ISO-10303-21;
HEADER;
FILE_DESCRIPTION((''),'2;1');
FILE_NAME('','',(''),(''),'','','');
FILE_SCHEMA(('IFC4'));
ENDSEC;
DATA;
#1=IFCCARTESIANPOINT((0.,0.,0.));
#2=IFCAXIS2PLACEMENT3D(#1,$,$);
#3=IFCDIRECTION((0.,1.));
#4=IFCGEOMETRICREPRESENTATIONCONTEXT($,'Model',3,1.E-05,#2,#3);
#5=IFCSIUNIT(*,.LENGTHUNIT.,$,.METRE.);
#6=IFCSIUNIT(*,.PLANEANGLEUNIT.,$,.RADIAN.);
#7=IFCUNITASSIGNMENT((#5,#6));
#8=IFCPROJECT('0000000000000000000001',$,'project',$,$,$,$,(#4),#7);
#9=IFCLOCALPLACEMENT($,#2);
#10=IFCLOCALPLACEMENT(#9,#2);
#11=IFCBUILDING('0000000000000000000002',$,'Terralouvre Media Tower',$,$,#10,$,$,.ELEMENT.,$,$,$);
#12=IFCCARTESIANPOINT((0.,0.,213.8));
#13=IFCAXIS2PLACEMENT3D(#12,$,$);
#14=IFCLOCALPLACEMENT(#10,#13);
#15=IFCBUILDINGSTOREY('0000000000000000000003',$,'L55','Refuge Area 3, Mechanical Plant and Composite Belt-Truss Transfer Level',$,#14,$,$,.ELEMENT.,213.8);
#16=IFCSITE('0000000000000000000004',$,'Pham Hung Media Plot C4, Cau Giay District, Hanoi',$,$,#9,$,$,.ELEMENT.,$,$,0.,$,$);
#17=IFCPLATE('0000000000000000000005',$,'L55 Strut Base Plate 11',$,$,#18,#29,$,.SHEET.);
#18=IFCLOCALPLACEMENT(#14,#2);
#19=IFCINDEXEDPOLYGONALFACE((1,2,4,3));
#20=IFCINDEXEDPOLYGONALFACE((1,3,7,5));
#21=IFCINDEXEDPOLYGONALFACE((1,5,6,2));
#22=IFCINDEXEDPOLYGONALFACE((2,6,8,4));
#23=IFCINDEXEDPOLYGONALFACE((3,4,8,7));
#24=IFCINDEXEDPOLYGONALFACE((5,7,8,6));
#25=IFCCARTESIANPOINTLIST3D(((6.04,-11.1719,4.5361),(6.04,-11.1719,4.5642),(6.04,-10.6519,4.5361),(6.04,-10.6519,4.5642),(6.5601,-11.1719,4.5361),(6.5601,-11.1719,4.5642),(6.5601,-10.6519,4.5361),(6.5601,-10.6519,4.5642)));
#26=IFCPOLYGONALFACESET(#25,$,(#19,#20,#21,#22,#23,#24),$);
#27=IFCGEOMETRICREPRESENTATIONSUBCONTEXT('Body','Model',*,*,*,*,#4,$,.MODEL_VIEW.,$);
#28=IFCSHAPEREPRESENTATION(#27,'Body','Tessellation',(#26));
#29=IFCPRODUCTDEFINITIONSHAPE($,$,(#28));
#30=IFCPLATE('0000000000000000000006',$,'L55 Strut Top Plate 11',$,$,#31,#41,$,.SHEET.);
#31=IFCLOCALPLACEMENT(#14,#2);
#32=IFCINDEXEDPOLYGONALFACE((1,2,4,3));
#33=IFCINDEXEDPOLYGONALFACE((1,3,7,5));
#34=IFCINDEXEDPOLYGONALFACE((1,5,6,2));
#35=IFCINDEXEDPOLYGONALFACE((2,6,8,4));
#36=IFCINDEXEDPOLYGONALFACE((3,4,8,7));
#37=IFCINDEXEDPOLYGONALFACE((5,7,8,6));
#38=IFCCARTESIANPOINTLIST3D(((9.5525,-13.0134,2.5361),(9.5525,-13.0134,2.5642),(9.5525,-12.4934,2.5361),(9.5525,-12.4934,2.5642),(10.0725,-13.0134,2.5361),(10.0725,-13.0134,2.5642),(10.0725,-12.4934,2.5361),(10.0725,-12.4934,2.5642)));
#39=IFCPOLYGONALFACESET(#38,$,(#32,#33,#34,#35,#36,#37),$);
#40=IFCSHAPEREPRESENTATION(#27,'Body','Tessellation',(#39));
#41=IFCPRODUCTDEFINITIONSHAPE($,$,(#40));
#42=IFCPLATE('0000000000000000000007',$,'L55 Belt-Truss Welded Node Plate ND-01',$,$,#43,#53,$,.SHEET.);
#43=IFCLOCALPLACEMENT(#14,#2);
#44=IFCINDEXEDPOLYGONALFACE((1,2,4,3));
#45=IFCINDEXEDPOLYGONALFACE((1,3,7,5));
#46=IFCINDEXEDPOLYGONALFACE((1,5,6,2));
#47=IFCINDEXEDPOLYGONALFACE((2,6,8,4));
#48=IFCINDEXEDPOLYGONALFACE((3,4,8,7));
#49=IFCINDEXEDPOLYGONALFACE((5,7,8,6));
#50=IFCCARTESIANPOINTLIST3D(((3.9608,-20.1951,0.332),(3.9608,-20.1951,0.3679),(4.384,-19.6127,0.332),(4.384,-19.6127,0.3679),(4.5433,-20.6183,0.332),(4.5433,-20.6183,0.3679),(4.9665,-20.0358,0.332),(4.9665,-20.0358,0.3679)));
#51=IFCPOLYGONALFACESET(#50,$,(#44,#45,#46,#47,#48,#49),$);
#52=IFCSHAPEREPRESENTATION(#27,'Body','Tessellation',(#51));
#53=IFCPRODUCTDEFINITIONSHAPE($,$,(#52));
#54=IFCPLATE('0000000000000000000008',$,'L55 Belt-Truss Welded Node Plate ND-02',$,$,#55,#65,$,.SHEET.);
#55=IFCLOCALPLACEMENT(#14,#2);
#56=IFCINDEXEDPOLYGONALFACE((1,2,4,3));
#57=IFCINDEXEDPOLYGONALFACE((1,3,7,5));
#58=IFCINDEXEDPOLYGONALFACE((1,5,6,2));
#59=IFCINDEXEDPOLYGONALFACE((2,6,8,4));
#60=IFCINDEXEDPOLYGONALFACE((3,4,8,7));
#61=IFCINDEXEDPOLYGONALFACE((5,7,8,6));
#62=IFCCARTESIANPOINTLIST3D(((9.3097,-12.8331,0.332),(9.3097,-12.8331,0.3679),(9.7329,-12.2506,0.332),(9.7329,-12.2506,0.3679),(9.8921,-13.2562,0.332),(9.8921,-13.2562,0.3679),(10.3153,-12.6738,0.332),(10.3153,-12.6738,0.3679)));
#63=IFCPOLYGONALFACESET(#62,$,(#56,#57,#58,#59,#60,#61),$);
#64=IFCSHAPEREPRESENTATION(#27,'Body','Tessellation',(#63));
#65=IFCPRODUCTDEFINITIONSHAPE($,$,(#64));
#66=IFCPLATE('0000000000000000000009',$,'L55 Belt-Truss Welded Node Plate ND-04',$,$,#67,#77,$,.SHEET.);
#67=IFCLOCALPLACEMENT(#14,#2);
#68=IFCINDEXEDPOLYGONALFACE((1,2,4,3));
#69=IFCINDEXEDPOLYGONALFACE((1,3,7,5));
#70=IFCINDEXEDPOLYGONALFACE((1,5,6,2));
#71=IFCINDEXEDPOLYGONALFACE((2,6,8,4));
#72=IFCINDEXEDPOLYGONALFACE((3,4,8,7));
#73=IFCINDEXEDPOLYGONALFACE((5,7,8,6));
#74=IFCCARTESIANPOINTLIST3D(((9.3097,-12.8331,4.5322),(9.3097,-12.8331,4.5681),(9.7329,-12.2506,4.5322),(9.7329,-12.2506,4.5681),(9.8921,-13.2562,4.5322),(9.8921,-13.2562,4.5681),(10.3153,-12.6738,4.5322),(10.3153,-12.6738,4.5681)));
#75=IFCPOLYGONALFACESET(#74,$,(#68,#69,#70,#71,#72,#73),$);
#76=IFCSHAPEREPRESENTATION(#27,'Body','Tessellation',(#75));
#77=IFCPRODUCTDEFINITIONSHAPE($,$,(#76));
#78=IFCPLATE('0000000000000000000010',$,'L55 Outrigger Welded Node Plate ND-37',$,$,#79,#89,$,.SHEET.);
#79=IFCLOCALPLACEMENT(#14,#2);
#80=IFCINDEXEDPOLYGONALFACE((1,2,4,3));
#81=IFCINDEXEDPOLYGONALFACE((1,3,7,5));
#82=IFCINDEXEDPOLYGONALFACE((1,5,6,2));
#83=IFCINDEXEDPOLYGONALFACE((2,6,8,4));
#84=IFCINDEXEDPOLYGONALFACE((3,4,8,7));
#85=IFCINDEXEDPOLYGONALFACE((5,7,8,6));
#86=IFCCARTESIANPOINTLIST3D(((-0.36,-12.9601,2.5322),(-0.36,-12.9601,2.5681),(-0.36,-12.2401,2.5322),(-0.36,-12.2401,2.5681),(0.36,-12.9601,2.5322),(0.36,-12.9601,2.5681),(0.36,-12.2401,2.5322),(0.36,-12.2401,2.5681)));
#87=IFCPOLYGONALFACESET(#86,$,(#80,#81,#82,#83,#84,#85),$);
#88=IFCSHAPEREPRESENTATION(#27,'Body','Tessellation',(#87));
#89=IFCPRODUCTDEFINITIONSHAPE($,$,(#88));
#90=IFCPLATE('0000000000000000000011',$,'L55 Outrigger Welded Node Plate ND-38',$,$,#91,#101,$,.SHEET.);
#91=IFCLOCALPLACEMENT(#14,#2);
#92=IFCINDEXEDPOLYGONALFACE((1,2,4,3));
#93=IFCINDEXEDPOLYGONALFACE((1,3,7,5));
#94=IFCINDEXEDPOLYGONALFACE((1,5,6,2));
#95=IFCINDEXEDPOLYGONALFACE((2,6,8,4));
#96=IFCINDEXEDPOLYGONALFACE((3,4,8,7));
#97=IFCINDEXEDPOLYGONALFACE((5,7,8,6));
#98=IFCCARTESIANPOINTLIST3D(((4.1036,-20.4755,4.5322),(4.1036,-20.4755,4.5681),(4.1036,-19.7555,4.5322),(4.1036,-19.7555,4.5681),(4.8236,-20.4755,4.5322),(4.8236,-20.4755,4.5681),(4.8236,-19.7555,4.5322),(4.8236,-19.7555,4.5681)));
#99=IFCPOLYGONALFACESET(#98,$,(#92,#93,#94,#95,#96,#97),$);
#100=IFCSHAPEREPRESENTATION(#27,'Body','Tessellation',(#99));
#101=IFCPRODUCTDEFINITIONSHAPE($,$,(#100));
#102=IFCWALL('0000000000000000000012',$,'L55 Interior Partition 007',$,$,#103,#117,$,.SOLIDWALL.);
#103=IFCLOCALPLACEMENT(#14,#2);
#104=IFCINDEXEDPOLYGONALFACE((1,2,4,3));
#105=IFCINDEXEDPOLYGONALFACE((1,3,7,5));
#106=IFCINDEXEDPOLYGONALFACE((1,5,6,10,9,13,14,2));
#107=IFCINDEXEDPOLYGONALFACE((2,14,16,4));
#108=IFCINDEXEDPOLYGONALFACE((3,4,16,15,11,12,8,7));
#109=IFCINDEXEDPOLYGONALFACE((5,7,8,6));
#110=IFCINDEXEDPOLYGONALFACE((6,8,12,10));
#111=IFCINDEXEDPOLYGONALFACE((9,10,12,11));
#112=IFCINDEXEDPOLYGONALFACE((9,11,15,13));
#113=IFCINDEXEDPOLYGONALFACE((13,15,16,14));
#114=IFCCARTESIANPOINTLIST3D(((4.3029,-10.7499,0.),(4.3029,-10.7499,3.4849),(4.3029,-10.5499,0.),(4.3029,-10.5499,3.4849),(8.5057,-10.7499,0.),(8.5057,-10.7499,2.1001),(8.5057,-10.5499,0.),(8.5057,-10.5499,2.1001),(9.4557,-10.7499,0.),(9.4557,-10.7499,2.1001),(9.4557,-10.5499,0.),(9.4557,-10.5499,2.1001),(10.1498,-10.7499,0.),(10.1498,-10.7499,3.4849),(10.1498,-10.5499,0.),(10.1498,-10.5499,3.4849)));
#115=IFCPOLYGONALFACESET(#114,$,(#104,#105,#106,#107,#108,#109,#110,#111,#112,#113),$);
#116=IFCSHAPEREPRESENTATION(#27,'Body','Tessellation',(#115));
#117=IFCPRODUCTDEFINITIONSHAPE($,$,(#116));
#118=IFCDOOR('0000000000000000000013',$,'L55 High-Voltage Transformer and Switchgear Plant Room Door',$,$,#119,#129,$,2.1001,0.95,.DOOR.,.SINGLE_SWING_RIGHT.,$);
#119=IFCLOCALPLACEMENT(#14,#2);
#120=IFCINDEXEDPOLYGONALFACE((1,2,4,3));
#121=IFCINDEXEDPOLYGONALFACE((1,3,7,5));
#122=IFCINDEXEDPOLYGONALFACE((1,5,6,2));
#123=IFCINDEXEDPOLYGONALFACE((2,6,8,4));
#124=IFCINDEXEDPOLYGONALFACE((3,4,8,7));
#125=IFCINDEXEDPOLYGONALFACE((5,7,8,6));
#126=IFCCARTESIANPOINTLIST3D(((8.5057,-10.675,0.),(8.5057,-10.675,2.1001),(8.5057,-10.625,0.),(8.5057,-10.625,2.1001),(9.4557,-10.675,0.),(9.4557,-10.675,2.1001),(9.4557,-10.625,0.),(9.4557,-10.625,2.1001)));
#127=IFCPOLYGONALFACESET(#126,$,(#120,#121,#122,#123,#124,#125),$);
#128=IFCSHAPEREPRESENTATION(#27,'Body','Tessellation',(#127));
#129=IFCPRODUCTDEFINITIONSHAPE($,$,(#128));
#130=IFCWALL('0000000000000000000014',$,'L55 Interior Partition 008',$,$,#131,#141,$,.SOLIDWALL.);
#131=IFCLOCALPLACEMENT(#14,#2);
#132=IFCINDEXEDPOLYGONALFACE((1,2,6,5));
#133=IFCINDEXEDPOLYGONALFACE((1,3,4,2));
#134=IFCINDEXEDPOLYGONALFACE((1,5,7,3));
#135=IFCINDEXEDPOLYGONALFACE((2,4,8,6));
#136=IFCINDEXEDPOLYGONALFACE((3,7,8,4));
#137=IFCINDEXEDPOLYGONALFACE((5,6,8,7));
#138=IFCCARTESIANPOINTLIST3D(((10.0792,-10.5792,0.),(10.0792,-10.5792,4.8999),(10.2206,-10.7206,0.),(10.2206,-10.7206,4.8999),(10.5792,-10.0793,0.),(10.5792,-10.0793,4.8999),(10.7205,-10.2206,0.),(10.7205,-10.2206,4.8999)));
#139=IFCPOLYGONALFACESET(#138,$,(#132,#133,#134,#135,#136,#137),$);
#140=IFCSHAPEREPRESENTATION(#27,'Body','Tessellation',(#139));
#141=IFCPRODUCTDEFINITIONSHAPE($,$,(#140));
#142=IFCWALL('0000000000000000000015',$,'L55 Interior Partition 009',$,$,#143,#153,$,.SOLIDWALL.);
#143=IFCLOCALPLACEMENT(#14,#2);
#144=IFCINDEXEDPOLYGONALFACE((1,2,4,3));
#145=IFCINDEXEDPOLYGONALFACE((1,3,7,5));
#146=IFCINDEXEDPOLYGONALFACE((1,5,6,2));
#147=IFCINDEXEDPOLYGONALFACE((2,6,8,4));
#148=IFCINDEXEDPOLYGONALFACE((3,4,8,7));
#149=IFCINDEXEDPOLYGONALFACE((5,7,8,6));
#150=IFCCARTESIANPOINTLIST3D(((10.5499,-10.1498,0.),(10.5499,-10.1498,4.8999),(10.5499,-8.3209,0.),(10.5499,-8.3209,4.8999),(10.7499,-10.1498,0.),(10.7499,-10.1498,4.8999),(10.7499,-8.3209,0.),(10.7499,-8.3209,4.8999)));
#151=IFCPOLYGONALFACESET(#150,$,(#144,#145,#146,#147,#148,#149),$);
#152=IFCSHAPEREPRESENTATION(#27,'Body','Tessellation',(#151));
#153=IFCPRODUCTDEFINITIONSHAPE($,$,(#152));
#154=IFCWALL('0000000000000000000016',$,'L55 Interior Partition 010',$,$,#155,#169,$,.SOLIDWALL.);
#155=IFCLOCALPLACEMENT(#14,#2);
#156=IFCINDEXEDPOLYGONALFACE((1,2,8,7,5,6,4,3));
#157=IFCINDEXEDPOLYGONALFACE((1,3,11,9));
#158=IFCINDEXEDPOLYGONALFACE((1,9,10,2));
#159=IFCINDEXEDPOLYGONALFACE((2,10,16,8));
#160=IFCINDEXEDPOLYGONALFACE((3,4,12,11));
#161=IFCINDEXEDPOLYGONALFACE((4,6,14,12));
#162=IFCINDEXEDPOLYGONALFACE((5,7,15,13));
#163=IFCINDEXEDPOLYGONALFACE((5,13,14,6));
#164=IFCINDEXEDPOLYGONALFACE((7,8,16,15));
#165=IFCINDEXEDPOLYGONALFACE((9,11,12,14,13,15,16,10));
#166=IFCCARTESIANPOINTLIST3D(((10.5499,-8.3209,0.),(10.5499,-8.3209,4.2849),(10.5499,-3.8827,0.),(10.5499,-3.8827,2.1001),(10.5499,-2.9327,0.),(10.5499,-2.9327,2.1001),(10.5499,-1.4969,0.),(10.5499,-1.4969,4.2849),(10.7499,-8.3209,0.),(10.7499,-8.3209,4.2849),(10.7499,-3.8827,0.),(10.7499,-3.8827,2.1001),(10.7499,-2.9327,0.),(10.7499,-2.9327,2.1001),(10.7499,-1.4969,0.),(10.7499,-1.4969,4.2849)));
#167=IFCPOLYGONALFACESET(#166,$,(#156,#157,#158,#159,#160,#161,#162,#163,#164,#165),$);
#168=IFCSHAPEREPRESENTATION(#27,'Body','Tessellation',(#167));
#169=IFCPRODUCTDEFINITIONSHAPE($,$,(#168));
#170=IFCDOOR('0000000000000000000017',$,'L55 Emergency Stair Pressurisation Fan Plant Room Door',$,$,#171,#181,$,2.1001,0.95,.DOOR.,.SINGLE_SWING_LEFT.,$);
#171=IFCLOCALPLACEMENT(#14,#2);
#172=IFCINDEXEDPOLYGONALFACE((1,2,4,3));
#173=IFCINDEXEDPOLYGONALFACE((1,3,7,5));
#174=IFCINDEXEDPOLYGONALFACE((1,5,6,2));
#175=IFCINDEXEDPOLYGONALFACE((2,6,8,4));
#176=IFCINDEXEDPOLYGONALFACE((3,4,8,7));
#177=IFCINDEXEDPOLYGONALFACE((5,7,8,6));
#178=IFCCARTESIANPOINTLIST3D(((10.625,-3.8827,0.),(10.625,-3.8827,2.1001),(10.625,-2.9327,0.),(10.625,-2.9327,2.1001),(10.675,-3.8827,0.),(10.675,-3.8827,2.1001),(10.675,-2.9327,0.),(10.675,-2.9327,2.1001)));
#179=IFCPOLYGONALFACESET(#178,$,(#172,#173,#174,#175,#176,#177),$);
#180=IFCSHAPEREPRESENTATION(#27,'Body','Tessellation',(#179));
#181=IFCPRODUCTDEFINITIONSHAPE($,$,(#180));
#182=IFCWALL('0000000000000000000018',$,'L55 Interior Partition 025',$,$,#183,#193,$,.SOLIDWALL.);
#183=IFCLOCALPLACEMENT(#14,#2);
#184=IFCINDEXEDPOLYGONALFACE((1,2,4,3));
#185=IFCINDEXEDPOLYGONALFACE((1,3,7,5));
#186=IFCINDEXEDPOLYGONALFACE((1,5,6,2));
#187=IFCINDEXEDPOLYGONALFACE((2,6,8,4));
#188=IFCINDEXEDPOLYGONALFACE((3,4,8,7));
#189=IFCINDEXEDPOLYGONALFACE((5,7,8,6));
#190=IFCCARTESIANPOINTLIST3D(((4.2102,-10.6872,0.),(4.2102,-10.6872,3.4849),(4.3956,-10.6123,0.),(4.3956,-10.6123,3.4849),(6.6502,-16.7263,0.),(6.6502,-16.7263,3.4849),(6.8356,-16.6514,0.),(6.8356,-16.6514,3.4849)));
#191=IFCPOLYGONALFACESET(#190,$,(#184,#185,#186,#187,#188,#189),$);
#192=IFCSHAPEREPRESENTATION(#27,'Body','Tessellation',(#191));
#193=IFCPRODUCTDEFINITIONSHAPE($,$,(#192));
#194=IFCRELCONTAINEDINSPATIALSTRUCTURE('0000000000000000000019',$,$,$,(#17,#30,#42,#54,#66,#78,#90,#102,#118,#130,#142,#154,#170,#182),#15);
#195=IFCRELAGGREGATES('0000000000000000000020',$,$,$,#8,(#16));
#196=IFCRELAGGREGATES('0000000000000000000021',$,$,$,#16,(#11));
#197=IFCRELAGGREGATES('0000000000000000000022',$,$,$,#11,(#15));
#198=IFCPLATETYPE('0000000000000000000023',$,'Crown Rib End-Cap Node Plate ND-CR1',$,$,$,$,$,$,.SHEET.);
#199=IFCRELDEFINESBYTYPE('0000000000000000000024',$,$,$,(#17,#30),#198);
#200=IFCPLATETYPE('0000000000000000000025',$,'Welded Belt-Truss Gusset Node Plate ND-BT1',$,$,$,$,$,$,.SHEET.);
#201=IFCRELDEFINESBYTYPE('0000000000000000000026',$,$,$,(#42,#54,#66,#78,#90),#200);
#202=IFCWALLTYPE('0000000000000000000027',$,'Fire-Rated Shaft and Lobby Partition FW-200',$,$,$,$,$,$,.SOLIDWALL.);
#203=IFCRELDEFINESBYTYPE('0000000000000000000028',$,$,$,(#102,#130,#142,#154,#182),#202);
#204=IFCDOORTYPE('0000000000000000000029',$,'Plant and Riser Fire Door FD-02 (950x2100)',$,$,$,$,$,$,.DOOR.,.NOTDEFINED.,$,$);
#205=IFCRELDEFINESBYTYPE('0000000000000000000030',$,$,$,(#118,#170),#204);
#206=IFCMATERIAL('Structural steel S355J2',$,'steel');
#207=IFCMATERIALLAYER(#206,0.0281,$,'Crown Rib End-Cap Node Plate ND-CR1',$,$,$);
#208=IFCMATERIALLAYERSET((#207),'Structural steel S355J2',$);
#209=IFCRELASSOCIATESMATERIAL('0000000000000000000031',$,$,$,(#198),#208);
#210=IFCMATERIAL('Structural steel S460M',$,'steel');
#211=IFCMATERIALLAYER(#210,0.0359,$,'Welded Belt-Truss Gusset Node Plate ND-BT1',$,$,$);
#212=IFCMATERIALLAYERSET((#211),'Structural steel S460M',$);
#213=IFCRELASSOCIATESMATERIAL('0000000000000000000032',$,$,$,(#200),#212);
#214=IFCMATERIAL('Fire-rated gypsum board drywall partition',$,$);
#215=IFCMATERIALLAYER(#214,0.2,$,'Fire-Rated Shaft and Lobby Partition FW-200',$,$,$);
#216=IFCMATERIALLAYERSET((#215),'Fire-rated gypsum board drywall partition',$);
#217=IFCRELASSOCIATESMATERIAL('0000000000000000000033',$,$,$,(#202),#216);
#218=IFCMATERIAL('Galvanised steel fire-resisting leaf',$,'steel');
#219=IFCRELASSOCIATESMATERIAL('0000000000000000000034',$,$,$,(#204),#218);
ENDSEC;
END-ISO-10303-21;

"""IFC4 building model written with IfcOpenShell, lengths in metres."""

from ifc_helpers import new_model, si_unit, direction, frame, frame_2d, origin, origin_2d, place, context, subcontext, project, spatial, rectangle, extrude, material, layer, layer_set, type_object, element, fill, save


model = new_model("IFC4")

# Units and contexts
model_context = context("Model", 3, precision=1e-05, world=origin(), true_north=direction((0.0, 1.0)))
body_context = subcontext(model_context, "Body", "Model", "MODEL_VIEW")
ifc_project = project(units=[si_unit("LENGTHUNIT", "METRE"), si_unit("PLANEANGLEUNIT", "RADIAN")], contexts=[model_context])

# Site, building, storey
site_placement = place(None, origin())
site = spatial("IfcSite", under=ifc_project, at=site_placement, Name="Pham Hung Media Plot C4, Cau Giay District, Hanoi", CompositionType="ELEMENT", RefElevation=0.0)
building_placement = place(site_placement, origin())
building = spatial("IfcBuilding", under=site, at=building_placement, Name="Terralouvre Media Tower", CompositionType="ELEMENT")
storey_placement = place(building_placement, frame((0.0, 0.0, 213.8)))
storey = spatial("IfcBuildingStorey", under=building, at=storey_placement, Name="L55", Description="Refuge Area 3, Mechanical Plant and Composite Belt-Truss Transfer Level", CompositionType="ELEMENT", Elevation=213.8)

# Plates
ifc_material_1 = material(Name="Structural steel S355J2", Category="steel")
ifc_layer_1 = layer(ifc_material_1, 0.0281, Name="Crown Rib End-Cap Node Plate ND-CR1")
ifc_layer_set_1 = layer_set([ifc_layer_1], Name="Structural steel S355J2")
plate_type_1 = type_object("IfcPlateType", Name="Crown Rib End-Cap Node Plate ND-CR1", PredefinedType="SHEET", material=ifc_layer_set_1)
for number, where, z_axis, x_axis, name in (
    (1, (6.3, -10.9119, 4.5361), (0.0, 0.0, 1.0), (1.0, 0.0, 0.0), "L55 Strut Base Plate 11"),
    (2, (9.8125, -12.7534, 2.5361), (0.0, 0.0, 1.0), (1.0, 0.0, 0.0), "L55 Strut Top Plate 11"),
):
    element("IfcPlate", number, at=place(storey_placement, frame(where, z_axis=z_axis, x_axis=x_axis)), inside=storey, type_object=plate_type_1, Name=name, PredefinedType="SHEET", context=body_context, shape_type="SweptSolid", body=[
        extrude(rectangle(XDim=0.52, YDim=0.52, at=origin_2d()), origin(), (0.0, 0.0, 1.0), 0.0281),
    ])
ifc_material_2 = material(Name="Structural steel S460M", Category="steel")
ifc_layer_2 = layer(ifc_material_2, 0.0359, Name="Welded Belt-Truss Gusset Node Plate ND-BT1")
ifc_layer_set_2 = layer_set([ifc_layer_2], Name="Structural steel S460M")
plate_type_2 = type_object("IfcPlateType", Name="Welded Belt-Truss Gusset Node Plate ND-BT1", PredefinedType="SHEET", material=ifc_layer_set_2)
for number, where, z_axis, x_axis, name in (
    (3, (4.4636, -20.1155, 0.332), (0.0, 0.0, 1.0), (0.587785, 0.809017, 0.0), "L55 Belt-Truss Welded Node Plate ND-01"),
    (4, (9.8125, -12.7534, 0.332), (0.0, 0.0, 1.0), (0.587785, 0.809017, 0.0), "L55 Belt-Truss Welded Node Plate ND-02"),
    (5, (9.8125, -12.7534, 4.5322), (0.0, 0.0, 1.0), (0.587785, 0.809017, 0.0), "L55 Belt-Truss Welded Node Plate ND-04"),
    (6, (0.0, -12.6001, 2.5322), (0.0, 0.0, 1.0), (1.0, 0.0, 0.0), "L55 Outrigger Welded Node Plate ND-37"),
    (7, (4.4636, -20.1155, 4.5322), (0.0, 0.0, 1.0), (1.0, 0.0, 0.0), "L55 Outrigger Welded Node Plate ND-38"),
):
    element("IfcPlate", number, at=place(storey_placement, frame(where, z_axis=z_axis, x_axis=x_axis)), inside=storey, type_object=plate_type_2, Name=name, PredefinedType="SHEET", context=body_context, shape_type="SweptSolid", body=[
        extrude(rectangle(XDim=0.72, YDim=0.72, at=origin_2d()), origin(), (0.0, 0.0, 1.0), 0.0359),
    ])

# Wall, opening, door
ifc_material_3 = material(Name="Fire-rated gypsum board drywall partition")
ifc_layer_3 = layer(ifc_material_3, 0.2, Name="Fire-Rated Shaft and Lobby Partition FW-200")
ifc_layer_set_3 = layer_set([ifc_layer_3], Name="Fire-rated gypsum board drywall partition")
wall_type_1 = type_object("IfcWallType", Name="Fire-Rated Shaft and Lobby Partition FW-200", PredefinedType="SOLIDWALL", material=ifc_layer_set_3)
wall_1_placement = place(storey_placement, frame((4.303, -10.6499, 0.0), z_axis=(0.0, 0.0, 1.0), x_axis=(1.0, 0.0, 0.0)))
wall_1 = element("IfcWall", 8, at=wall_1_placement, inside=storey, type_object=wall_type_1, Name="L55 Interior Partition 007", PredefinedType="SOLIDWALL", context=body_context, shape_type="SweptSolid", body=[
    extrude(rectangle(XDim=5.8469, YDim=0.2, at=frame_2d((2.9233, 0.0))), origin(), (0.0, 0.0, 1.0), 3.4849),
])
opening_1_placement = place(wall_1_placement, frame((4.2026, 0.0, 0.0)))
opening_1 = element("IfcOpeningElement", 9, at=opening_1_placement, cuts=wall_1, PredefinedType="OPENING", context=body_context, shape_type="SweptSolid", body=[
    extrude(rectangle(XDim=0.95, YDim=2.1001, at=frame_2d((0.4751, 1.05))), frame((0.0, 0.1099, 0.0), z_axis=(0.0, -1.0, 0.0), x_axis=(1.0, 0.0, 0.0)), (0.0, 0.0, 1.0), 0.22),
])
ifc_material_4 = material(Name="Galvanised steel fire-resisting leaf", Category="steel")
door_type = type_object("IfcDoorType", Name="Plant and Riser Fire Door FD-02 (950x2100)", OperationType="NOTDEFINED", PredefinedType="DOOR", material=ifc_material_4)
door_1_placement = place(opening_1_placement, origin())
door_1 = element("IfcDoor", 10, at=door_1_placement, inside=storey, type_object=door_type, Name="L55 High-Voltage Transformer and Switchgear Plant Room Door", OperationType="SINGLE_SWING_RIGHT", OverallHeight=2.1001, OverallWidth=0.95, PredefinedType="DOOR", context=body_context, shape_type="SweptSolid", body=[
    extrude(rectangle(XDim=0.95, YDim=2.1001, at=frame_2d((0.4751, 1.05))), frame((0.0, 0.0249, 0.0), z_axis=(0.0, -1.0, 0.0), x_axis=(1.0, 0.0, 0.0)), (0.0, 0.0, 1.0), 0.05),
])
fill(opening_1, door_1)

# Walls
wall_2_placement = place(storey_placement, frame((10.1499, -10.6499, 0.0), z_axis=(0.0, 0.0, 1.0), x_axis=(0.707107, 0.707107, 0.0)))
element("IfcWall", 11, at=wall_2_placement, inside=storey, type_object=wall_type_1, Name="L55 Interior Partition 008", PredefinedType="SOLIDWALL", context=body_context, shape_type="SweptSolid", body=[
    extrude(rectangle(XDim=0.707, YDim=0.2, at=frame_2d((0.3535, 0.0))), origin(), (0.0, 0.0, 1.0), 4.8999),
])
wall_3_placement = place(storey_placement, frame((10.6499, -10.1499, 0.0), z_axis=(0.0, 0.0, 1.0), x_axis=(0.0, 1.0, 0.0)))
element("IfcWall", 12, at=wall_3_placement, inside=storey, type_object=wall_type_1, Name="L55 Interior Partition 009", PredefinedType="SOLIDWALL", context=body_context, shape_type="SweptSolid", body=[
    extrude(rectangle(XDim=1.8289, YDim=0.2, at=frame_2d((0.9146, 0.0))), origin(), (0.0, 0.0, 1.0), 4.8999),
])

# Wall, opening, door
wall_4_placement = place(storey_placement, frame((10.6499, -8.321, 0.0), z_axis=(0.0, 0.0, 1.0), x_axis=(0.0, 1.0, 0.0)))
wall_4 = element("IfcWall", 13, at=wall_4_placement, inside=storey, type_object=wall_type_1, Name="L55 Interior Partition 010", PredefinedType="SOLIDWALL", context=body_context, shape_type="SweptSolid", body=[
    extrude(rectangle(XDim=6.824, YDim=0.2, at=frame_2d((3.4121, 0.0))), origin(), (0.0, 0.0, 1.0), 4.2849),
])
opening_2_placement = place(wall_4_placement, frame((4.4382, 0.0, 0.0)))
opening_2 = element("IfcOpeningElement", 14, at=opening_2_placement, cuts=wall_4, PredefinedType="OPENING", context=body_context, shape_type="SweptSolid", body=[
    extrude(rectangle(XDim=0.95, YDim=2.1001, at=frame_2d((0.4751, 1.05))), frame((0.0, 0.1099, 0.0), z_axis=(0.0, -1.0, 0.0), x_axis=(1.0, 0.0, 0.0)), (0.0, 0.0, 1.0), 0.22),
])
door_2_placement = place(opening_2_placement, origin())
door_2 = element("IfcDoor", 15, at=door_2_placement, inside=storey, type_object=door_type, Name="L55 Emergency Stair Pressurisation Fan Plant Room Door", OperationType="SINGLE_SWING_LEFT", OverallHeight=2.1001, OverallWidth=0.95, PredefinedType="DOOR", context=body_context, shape_type="SweptSolid", body=[
    extrude(rectangle(XDim=0.95, YDim=2.1001, at=frame_2d((0.4751, 1.05))), frame((0.0, 0.0249, 0.0), z_axis=(0.0, -1.0, 0.0), x_axis=(1.0, 0.0, 0.0)), (0.0, 0.0, 1.0), 0.05),
])
fill(opening_2, door_2)

# Wall
wall_5_placement = place(storey_placement, frame((6.7429, -16.689, 0.0), z_axis=(0.0, 0.0, 1.0), x_axis=(-0.374607, 0.927184, 0.0)))
element("IfcWall", 16, at=wall_5_placement, inside=storey, type_object=wall_type_1, Name="L55 Interior Partition 025", PredefinedType="SOLIDWALL", context=body_context, shape_type="SweptSolid", body=[
    extrude(rectangle(XDim=6.5134, YDim=0.2, at=frame_2d((3.2568, 0.0))), origin(), (0.0, 0.0, 1.0), 3.4849),
])

save(model, "model.ifc")
